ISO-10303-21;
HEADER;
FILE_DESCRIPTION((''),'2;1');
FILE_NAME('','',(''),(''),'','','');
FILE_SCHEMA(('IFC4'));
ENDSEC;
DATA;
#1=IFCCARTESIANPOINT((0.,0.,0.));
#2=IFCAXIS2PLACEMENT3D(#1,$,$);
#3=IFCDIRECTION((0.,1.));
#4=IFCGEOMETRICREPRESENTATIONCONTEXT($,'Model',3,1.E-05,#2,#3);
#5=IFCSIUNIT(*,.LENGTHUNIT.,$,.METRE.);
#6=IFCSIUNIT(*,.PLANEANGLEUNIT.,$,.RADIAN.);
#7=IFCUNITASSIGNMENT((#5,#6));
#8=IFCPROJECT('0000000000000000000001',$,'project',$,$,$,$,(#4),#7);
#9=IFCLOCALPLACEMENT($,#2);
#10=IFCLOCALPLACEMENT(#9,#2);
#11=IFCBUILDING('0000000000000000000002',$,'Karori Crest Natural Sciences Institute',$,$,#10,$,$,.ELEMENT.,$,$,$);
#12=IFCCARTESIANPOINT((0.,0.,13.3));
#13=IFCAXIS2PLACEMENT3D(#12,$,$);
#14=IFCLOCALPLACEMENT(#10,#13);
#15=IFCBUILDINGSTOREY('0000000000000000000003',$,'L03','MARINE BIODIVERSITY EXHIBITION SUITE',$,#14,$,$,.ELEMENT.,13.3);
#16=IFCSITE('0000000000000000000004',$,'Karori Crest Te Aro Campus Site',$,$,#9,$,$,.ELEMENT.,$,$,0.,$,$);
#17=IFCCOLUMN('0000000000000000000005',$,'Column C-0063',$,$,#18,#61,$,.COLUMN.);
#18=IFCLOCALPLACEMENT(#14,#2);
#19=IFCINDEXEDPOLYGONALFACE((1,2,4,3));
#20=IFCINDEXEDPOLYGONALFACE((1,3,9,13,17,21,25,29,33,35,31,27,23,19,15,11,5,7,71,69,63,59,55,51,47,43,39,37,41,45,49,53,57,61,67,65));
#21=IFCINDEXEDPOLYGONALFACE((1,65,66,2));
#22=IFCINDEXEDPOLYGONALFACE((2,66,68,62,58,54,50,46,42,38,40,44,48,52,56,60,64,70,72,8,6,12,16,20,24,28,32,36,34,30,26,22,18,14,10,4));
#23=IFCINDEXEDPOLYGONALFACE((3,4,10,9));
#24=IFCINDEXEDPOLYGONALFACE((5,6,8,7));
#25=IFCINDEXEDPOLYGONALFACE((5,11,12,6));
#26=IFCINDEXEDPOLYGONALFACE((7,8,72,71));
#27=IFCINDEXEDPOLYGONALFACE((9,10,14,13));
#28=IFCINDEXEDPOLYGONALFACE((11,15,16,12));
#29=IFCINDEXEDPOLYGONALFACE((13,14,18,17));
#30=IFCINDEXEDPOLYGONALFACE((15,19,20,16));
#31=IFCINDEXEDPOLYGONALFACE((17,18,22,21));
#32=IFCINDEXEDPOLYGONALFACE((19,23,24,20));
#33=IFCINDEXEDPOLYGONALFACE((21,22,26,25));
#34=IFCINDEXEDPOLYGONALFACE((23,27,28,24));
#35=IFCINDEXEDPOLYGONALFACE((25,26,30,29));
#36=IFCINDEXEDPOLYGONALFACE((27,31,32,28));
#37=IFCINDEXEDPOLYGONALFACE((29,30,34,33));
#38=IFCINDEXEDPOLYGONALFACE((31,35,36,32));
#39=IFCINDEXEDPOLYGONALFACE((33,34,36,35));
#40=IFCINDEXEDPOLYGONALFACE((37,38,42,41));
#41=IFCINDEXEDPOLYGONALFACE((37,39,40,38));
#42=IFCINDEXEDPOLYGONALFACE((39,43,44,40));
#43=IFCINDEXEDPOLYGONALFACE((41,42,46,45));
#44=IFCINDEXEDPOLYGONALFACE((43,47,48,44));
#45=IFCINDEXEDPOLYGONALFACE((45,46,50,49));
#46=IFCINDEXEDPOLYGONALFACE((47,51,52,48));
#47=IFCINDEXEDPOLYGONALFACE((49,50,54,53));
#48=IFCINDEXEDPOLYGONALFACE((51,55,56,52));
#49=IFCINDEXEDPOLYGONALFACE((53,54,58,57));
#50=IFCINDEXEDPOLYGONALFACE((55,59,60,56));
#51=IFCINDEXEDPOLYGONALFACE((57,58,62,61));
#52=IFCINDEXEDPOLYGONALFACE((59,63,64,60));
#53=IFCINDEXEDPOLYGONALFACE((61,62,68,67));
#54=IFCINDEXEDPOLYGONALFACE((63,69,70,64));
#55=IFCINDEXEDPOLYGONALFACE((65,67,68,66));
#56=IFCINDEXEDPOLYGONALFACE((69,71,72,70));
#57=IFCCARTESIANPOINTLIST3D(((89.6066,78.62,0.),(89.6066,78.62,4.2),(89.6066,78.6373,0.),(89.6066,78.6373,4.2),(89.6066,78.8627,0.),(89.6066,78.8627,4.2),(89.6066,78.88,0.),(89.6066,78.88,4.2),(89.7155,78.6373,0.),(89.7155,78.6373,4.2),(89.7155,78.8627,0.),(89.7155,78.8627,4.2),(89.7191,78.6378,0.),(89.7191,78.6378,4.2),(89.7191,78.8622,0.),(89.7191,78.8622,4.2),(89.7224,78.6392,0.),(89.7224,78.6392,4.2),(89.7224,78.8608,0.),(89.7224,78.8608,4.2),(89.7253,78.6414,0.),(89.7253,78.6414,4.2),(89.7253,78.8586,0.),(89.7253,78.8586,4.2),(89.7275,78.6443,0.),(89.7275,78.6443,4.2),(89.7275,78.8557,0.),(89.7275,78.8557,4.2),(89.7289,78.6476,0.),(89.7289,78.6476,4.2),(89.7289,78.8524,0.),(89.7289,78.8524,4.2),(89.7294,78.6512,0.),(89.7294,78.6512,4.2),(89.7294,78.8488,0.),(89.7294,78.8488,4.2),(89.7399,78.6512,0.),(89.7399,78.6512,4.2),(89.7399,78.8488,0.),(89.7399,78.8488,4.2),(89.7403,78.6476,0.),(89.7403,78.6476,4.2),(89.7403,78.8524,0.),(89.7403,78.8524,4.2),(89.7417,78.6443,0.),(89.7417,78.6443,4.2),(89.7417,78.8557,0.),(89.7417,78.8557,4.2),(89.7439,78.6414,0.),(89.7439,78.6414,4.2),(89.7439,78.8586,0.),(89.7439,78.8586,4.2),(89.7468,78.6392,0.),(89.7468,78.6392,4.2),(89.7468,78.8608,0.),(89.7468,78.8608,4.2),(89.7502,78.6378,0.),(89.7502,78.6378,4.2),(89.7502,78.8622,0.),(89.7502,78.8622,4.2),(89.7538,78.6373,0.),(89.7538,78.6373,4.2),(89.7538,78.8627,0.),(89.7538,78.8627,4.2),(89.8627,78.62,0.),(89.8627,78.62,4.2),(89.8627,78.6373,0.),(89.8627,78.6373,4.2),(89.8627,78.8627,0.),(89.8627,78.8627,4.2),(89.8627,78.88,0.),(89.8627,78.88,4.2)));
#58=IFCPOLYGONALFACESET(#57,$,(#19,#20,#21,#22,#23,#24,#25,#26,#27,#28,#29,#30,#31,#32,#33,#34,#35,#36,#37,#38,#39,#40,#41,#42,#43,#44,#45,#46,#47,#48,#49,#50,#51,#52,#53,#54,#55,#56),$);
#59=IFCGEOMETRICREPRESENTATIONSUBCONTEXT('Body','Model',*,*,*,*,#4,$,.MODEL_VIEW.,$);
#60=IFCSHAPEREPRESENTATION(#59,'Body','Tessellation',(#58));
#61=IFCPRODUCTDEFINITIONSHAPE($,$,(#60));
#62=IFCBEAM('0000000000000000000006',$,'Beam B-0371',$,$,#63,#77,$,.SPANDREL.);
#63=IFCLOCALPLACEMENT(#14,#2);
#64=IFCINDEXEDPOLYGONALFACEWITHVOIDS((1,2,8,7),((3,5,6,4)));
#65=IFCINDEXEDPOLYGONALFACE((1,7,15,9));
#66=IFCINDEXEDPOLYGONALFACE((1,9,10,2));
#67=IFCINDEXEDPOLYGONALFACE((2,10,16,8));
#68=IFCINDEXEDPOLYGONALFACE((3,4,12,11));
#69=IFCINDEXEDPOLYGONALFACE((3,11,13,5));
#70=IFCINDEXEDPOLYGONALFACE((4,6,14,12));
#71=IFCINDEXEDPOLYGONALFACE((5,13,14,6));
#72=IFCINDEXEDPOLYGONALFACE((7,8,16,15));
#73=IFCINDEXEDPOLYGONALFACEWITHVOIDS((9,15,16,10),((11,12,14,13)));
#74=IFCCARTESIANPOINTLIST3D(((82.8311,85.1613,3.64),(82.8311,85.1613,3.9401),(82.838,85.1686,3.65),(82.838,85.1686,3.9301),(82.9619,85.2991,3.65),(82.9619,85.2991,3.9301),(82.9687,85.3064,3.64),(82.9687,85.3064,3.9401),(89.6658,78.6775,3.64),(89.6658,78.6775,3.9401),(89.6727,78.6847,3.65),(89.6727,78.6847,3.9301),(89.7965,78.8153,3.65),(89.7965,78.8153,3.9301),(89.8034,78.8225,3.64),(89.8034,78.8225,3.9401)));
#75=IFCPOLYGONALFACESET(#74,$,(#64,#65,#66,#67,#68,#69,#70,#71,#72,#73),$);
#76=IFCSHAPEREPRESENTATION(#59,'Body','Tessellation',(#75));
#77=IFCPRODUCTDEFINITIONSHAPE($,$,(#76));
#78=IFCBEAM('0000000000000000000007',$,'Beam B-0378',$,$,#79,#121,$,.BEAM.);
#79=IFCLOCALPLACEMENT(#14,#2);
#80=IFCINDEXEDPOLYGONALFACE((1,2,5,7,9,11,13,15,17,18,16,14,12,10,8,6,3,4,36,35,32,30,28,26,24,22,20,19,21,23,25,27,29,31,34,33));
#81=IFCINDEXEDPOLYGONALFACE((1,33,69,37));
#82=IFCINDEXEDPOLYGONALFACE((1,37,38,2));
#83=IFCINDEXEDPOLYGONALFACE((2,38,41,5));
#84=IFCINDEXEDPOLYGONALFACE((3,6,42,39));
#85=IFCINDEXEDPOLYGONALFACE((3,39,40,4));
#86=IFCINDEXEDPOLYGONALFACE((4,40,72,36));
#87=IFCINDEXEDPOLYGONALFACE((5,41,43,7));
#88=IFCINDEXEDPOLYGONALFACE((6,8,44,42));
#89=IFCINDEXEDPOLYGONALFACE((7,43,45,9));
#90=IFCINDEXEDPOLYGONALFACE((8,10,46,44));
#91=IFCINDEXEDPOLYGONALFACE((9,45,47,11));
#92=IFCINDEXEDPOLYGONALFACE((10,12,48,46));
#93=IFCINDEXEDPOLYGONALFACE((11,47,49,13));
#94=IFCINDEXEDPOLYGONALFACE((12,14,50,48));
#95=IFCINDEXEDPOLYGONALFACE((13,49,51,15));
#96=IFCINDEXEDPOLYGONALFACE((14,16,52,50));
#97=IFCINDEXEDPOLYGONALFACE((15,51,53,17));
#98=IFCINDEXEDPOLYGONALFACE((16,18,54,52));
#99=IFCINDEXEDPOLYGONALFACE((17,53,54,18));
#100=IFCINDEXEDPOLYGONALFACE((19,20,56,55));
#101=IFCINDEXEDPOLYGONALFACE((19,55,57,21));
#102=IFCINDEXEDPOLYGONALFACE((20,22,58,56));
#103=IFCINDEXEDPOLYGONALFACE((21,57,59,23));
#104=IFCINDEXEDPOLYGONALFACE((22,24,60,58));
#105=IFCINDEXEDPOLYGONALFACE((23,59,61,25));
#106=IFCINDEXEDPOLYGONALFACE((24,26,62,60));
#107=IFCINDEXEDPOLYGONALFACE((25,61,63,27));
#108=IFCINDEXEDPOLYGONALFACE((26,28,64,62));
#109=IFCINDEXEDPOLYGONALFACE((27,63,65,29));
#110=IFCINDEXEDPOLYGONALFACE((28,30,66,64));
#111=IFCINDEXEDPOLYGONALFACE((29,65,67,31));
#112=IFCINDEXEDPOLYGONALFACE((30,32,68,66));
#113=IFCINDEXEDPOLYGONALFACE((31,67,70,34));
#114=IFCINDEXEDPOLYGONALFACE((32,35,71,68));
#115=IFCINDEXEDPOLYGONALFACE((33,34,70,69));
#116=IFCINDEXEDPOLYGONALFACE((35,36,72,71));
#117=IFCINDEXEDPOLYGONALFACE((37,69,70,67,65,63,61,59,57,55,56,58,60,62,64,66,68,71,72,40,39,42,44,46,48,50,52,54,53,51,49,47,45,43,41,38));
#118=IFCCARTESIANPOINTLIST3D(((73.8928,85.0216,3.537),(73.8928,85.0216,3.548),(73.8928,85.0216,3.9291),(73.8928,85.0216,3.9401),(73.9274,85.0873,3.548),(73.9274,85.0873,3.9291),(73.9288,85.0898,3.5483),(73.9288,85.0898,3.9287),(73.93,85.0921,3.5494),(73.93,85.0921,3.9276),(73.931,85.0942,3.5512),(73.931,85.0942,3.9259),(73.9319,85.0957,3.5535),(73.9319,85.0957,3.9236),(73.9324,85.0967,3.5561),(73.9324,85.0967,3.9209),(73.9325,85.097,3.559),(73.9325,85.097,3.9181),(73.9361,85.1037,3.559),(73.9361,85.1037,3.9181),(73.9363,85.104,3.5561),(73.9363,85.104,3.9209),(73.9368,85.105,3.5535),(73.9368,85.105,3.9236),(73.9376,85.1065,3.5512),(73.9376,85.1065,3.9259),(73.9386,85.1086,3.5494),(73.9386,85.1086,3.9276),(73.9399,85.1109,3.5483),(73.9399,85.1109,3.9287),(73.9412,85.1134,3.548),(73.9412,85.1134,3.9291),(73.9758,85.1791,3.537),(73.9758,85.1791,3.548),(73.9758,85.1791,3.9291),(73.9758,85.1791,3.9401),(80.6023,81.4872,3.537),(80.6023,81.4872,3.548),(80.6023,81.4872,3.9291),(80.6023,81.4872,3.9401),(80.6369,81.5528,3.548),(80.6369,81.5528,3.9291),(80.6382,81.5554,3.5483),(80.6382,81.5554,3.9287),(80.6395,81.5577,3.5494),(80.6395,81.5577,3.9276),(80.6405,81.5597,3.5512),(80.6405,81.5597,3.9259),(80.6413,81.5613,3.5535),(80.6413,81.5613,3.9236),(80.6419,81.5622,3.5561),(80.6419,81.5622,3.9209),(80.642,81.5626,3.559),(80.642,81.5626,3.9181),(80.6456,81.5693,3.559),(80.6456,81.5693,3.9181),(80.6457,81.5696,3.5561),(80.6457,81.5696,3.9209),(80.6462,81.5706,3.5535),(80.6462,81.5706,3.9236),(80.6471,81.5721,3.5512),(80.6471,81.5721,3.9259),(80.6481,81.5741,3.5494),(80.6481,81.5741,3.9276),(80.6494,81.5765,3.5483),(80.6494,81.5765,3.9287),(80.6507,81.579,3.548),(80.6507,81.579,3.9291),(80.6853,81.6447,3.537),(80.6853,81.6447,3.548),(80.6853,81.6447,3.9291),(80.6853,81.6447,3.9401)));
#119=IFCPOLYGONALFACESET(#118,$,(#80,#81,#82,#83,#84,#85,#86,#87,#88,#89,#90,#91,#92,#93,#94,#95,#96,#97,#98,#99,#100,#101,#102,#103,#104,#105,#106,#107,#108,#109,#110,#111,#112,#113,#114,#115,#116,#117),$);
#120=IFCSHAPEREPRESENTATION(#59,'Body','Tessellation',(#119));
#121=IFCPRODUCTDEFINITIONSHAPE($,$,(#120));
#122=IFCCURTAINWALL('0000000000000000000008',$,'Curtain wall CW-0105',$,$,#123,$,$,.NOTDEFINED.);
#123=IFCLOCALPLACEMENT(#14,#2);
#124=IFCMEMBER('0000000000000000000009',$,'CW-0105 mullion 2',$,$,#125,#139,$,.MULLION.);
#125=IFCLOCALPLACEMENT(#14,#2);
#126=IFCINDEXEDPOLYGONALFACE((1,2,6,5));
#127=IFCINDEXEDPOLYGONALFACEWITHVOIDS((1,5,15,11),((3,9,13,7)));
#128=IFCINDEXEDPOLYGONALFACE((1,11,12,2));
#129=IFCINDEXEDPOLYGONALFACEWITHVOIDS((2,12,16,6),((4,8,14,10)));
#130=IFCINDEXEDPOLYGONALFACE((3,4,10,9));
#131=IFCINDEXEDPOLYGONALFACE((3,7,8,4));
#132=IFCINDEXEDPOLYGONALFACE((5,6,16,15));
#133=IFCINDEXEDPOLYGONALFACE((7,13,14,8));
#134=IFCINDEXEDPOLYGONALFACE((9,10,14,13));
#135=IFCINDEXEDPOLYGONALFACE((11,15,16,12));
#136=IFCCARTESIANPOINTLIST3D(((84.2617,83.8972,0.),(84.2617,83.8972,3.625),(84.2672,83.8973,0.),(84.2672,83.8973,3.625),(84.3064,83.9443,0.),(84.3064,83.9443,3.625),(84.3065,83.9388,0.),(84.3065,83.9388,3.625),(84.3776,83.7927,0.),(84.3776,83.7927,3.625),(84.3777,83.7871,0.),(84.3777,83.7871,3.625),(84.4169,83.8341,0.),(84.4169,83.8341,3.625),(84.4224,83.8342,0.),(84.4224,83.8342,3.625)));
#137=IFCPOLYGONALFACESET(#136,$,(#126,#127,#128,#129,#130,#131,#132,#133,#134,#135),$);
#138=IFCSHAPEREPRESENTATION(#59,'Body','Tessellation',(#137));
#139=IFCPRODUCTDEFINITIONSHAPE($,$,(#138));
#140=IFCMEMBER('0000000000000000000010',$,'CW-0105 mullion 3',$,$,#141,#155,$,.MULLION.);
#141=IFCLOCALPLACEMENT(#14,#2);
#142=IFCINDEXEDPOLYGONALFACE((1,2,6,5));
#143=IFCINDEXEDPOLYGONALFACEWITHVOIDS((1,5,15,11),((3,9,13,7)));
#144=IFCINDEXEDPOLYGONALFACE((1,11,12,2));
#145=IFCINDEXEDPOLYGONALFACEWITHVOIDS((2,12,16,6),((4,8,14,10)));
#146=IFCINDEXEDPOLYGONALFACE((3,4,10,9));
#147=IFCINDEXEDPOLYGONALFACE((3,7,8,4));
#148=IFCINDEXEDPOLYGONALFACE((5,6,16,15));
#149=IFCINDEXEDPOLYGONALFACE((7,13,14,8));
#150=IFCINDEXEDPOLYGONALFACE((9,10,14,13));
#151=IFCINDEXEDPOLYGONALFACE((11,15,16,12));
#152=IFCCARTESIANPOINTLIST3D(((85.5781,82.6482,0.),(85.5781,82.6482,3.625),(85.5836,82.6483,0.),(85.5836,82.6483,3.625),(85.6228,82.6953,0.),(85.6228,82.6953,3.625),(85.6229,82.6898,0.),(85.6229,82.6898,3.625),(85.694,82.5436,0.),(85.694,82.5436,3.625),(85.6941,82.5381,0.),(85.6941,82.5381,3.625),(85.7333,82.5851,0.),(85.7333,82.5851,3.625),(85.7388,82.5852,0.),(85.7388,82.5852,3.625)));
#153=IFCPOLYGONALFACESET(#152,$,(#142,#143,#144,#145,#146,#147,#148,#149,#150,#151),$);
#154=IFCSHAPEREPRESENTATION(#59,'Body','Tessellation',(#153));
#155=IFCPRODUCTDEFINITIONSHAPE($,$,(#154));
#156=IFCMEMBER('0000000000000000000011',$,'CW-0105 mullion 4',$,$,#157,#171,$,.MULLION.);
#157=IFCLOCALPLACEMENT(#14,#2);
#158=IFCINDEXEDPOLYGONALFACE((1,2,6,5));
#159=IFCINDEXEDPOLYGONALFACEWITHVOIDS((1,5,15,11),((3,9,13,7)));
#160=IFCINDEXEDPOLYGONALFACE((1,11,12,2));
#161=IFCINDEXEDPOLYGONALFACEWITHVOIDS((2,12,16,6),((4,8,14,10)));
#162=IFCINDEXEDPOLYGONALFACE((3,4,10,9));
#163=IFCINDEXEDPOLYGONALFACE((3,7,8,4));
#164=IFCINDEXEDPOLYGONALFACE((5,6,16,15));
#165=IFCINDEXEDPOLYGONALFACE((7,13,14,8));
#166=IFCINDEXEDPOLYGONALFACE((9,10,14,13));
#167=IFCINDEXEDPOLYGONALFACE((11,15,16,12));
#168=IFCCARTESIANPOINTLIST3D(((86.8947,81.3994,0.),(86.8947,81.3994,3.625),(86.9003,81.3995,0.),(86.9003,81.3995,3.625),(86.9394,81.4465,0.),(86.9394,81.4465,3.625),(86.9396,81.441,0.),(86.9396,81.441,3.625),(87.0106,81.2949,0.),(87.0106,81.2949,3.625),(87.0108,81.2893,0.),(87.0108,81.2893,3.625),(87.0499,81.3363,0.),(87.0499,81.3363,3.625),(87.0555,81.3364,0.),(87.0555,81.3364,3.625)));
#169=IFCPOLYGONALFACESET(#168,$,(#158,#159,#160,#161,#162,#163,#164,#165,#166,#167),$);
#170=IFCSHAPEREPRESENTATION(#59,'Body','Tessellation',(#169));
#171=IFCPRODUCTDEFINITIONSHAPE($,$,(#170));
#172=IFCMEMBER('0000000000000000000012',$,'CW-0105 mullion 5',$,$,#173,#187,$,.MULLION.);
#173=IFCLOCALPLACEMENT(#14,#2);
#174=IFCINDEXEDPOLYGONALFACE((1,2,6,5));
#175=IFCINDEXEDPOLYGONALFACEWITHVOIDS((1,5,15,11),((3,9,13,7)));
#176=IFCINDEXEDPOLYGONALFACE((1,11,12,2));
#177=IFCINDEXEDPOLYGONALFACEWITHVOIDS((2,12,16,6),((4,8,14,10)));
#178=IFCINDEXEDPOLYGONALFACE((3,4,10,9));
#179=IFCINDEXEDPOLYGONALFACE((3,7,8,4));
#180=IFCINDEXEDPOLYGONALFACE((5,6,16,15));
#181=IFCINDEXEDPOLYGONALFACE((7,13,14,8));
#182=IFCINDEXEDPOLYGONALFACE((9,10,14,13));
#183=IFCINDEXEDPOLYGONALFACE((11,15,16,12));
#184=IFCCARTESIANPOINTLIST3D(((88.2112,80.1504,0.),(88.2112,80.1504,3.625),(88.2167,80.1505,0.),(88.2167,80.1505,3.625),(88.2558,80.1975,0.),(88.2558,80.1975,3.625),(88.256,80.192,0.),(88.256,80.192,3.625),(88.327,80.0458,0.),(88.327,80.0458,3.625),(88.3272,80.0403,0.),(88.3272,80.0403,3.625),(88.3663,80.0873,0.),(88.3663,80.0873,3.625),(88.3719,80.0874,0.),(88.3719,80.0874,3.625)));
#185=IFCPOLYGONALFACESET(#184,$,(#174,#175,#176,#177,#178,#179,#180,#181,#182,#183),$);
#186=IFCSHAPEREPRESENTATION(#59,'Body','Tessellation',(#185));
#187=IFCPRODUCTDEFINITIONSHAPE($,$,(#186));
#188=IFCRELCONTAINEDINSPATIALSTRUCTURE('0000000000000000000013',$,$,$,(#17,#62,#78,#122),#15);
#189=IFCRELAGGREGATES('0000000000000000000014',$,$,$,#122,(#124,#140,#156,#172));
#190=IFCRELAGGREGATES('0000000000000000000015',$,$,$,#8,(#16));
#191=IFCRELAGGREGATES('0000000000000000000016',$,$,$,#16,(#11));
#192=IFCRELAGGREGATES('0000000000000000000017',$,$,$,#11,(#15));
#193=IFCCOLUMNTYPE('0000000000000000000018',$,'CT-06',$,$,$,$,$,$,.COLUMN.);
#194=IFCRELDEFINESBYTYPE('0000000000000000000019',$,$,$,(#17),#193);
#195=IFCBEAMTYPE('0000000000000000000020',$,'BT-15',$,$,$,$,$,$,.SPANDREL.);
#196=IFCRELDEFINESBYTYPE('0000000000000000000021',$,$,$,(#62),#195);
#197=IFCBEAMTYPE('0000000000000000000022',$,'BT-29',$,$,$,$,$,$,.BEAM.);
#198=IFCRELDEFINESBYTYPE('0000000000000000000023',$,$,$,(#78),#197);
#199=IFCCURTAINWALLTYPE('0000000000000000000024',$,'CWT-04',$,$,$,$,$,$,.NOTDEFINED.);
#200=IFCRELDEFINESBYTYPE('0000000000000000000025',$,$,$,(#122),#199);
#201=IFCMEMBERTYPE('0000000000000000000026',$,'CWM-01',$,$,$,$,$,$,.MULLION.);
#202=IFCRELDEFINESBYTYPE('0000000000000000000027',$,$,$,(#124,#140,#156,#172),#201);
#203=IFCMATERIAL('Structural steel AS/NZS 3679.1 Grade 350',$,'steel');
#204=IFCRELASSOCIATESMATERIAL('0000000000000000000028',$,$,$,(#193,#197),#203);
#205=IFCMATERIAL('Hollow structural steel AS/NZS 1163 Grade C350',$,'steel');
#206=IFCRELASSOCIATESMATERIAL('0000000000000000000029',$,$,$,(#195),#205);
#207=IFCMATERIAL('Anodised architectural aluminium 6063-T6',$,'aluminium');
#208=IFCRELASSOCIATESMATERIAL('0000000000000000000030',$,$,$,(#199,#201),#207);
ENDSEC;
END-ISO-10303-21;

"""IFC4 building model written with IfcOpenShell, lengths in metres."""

from ifc_helpers import new_model, si_unit, direction, frame, origin, origin_2d, place, context, subcontext, project, spatial, hollow_rectangle, i_section, extrude, material, material_profile, profile_set, type_object, element, aggregate, save


model = new_model("IFC4")

# Units and contexts
model_context = context("Model", 3, precision=1e-05, world=origin(), true_north=direction((0.0, 1.0)))
body_context = subcontext(model_context, "Body", "Model", "MODEL_VIEW")
ifc_project = project(units=[si_unit("LENGTHUNIT", "METRE"), si_unit("PLANEANGLEUNIT", "RADIAN")], contexts=[model_context])

# Site, building, storey
site_placement = place(None, origin())
site = spatial("IfcSite", under=ifc_project, at=site_placement, Name="Karori Crest Te Aro Campus Site", CompositionType="ELEMENT", RefElevation=0.0)
building_placement = place(site_placement, origin())
building = spatial("IfcBuilding", under=site, at=building_placement, Name="Karori Crest Natural Sciences Institute", CompositionType="ELEMENT")
storey_placement = place(building_placement, frame((0.0, 0.0, 13.3)))
storey = spatial("IfcBuildingStorey", under=building, at=storey_placement, Name="L03", Description="MARINE BIODIVERSITY EXHIBITION SUITE", CompositionType="ELEMENT", Elevation=13.3)

# Column
ifc_material_1 = material(Name="Structural steel AS/NZS 3679.1 Grade 350", Category="steel")
ifc_material_profile_1 = material_profile(ifc_material_1, i_section(OverallWidth=0.2561, OverallDepth=0.26, WebThickness=0.0105, FlangeThickness=0.0173, FilletRadius=0.0139, at=origin_2d()), Name="250UC89.5")
ifc_profile_set_1 = profile_set([ifc_material_profile_1], Name="Structural steel AS/NZS 3679.1 Grade 350")
column_type = type_object("IfcColumnType", Name="CT-06", PredefinedType="COLUMN", material=ifc_profile_set_1)
column_placement = place(storey_placement, frame((89.7346, 78.75, 0.0), z_axis=(0.0, 0.0, 1.0), x_axis=(1.0, 0.0, 0.0)))
element("IfcColumn", 1, at=column_placement, inside=storey, type_object=column_type, Name="Column C-0063", PredefinedType="COLUMN", context=body_context, shape_type="SweptSolid", body=[
    extrude(i_section(OverallWidth=0.2561, OverallDepth=0.26, WebThickness=0.0105, FlangeThickness=0.0173, FilletRadius=0.0139, at=origin_2d()), origin(), (0.0, 0.0, 1.0), 4.2),
])

# Beams
ifc_material_2 = material(Name="Hollow structural steel AS/NZS 1163 Grade C350", Category="steel")
ifc_material_profile_2 = material_profile(ifc_material_2, hollow_rectangle(XDim=0.2, YDim=0.3, WallThickness=0.01, at=origin_2d()), Name="RHS300x200x10")
ifc_profile_set_2 = profile_set([ifc_material_profile_2], Name="Hollow structural steel AS/NZS 1163 Grade C350")
beam_type_1 = type_object("IfcBeamType", Name="BT-15", PredefinedType="SPANDREL", material=ifc_profile_set_2)
beam_1_placement = place(storey_placement, frame((89.7346, 78.75, 3.79), z_axis=(-0.725481, 0.688242, 0.0), x_axis=(-0.688242, -0.725481, 0.0)))
element("IfcBeam", 2, at=beam_1_placement, inside=storey, type_object=beam_type_1, Name="Beam B-0371", PredefinedType="SPANDREL", context=body_context, shape_type="SweptSolid", body=[
    extrude(hollow_rectangle(XDim=0.2, YDim=0.3, WallThickness=0.01, at=origin_2d()), origin(), (0.0, 0.0, 1.0), 9.4209),
])
ifc_material_profile_3 = material_profile(ifc_material_1, i_section(OverallWidth=0.178, OverallDepth=0.4031, WebThickness=0.0076, FlangeThickness=0.011, FilletRadius=0.011, at=origin_2d()), Name="410UB53.7")
ifc_profile_set_3 = profile_set([ifc_material_profile_3], Name="Structural steel AS/NZS 3679.1 Grade 350")
beam_type_2 = type_object("IfcBeamType", Name="BT-29", PredefinedType="BEAM", material=ifc_profile_set_3)
beam_2_placement = place(storey_placement, frame((80.6438, 81.5659, 3.7385), z_axis=(-0.884748, 0.466069, 0.0), x_axis=(-0.466069, -0.884748, 0.0)))
element("IfcBeam", 3, at=beam_2_placement, inside=storey, type_object=beam_type_2, Name="Beam B-0378", PredefinedType="BEAM", context=body_context, shape_type="SweptSolid", body=[
    extrude(i_section(OverallWidth=0.178, OverallDepth=0.4031, WebThickness=0.0076, FlangeThickness=0.011, FilletRadius=0.011, at=origin_2d()), origin(), (0.0, 0.0, 1.0), 7.5835),
])

# Curtain wall, members
ifc_material_3 = material(Name="Anodised architectural aluminium 6063-T6", Category="aluminium")
curtain_wall_type = type_object("IfcCurtainWallType", Name="CWT-04", PredefinedType="NOTDEFINED", material=ifc_material_3)
curtain_wall_placement = place(storey_placement, origin())
curtain_wall = element("IfcCurtainWall", 4, at=curtain_wall_placement, inside=storey, type_object=curtain_wall_type, Name="Curtain wall CW-0105", PredefinedType="NOTDEFINED")
ifc_material_profile_4 = material_profile(ifc_material_3, hollow_rectangle(XDim=0.0649, YDim=0.1599, WallThickness=0.0039, at=origin_2d()), Name="CWM160x65x4")
ifc_profile_set_4 = profile_set([ifc_material_profile_4], Name="Anodised architectural aluminium 6063-T6")
member_type_1 = type_object("IfcMemberType", Name="CWM-01", PredefinedType="MULLION", material=ifc_profile_set_4)
member_1_placement = place(storey_placement, frame((84.342, 83.8657, 0.0), z_axis=(0.0, 0.0, 1.0), x_axis=(0.688252, 0.725471, 0.0)))
member_1 = element("IfcMember", 5, at=member_1_placement, type_object=member_type_1, Name="CW-0105 mullion 2", PredefinedType="MULLION", context=body_context, shape_type="SweptSolid", body=[
    extrude(hollow_rectangle(XDim=0.0649, YDim=0.1599, WallThickness=0.0039, at=origin_2d()), origin(), (0.0, 0.0, 1.0), 3.625),
])
member_2_placement = place(storey_placement, frame((85.6584, 82.6167, 0.0), z_axis=(0.0, 0.0, 1.0), x_axis=(0.688252, 0.725471, 0.0)))
member_2 = element("IfcMember", 6, at=member_2_placement, type_object=member_type_1, Name="CW-0105 mullion 3", PredefinedType="MULLION", context=body_context, shape_type="SweptSolid", body=[
    extrude(hollow_rectangle(XDim=0.0649, YDim=0.1599, WallThickness=0.0039, at=origin_2d()), origin(), (0.0, 0.0, 1.0), 3.625),
])
member_3_placement = place(storey_placement, frame((86.9751, 81.3679, 0.0), z_axis=(0.0, 0.0, 1.0), x_axis=(0.688252, 0.725471, 0.0)))
member_3 = element("IfcMember", 7, at=member_3_placement, type_object=member_type_1, Name="CW-0105 mullion 4", PredefinedType="MULLION", context=body_context, shape_type="SweptSolid", body=[
    extrude(hollow_rectangle(XDim=0.0649, YDim=0.1599, WallThickness=0.0039, at=origin_2d()), origin(), (0.0, 0.0, 1.0), 3.625),
])
member_4_placement = place(storey_placement, frame((88.2915, 80.1189, 0.0), z_axis=(0.0, 0.0, 1.0), x_axis=(0.688252, 0.725471, 0.0)))
member_4 = element("IfcMember", 8, at=member_4_placement, type_object=member_type_1, Name="CW-0105 mullion 5", PredefinedType="MULLION", context=body_context, shape_type="SweptSolid", body=[
    extrude(hollow_rectangle(XDim=0.0649, YDim=0.1599, WallThickness=0.0039, at=origin_2d()), origin(), (0.0, 0.0, 1.0), 3.625),
])
aggregate(curtain_wall, [member_1, member_2, member_3, member_4])

save(model, "model.ifc")
